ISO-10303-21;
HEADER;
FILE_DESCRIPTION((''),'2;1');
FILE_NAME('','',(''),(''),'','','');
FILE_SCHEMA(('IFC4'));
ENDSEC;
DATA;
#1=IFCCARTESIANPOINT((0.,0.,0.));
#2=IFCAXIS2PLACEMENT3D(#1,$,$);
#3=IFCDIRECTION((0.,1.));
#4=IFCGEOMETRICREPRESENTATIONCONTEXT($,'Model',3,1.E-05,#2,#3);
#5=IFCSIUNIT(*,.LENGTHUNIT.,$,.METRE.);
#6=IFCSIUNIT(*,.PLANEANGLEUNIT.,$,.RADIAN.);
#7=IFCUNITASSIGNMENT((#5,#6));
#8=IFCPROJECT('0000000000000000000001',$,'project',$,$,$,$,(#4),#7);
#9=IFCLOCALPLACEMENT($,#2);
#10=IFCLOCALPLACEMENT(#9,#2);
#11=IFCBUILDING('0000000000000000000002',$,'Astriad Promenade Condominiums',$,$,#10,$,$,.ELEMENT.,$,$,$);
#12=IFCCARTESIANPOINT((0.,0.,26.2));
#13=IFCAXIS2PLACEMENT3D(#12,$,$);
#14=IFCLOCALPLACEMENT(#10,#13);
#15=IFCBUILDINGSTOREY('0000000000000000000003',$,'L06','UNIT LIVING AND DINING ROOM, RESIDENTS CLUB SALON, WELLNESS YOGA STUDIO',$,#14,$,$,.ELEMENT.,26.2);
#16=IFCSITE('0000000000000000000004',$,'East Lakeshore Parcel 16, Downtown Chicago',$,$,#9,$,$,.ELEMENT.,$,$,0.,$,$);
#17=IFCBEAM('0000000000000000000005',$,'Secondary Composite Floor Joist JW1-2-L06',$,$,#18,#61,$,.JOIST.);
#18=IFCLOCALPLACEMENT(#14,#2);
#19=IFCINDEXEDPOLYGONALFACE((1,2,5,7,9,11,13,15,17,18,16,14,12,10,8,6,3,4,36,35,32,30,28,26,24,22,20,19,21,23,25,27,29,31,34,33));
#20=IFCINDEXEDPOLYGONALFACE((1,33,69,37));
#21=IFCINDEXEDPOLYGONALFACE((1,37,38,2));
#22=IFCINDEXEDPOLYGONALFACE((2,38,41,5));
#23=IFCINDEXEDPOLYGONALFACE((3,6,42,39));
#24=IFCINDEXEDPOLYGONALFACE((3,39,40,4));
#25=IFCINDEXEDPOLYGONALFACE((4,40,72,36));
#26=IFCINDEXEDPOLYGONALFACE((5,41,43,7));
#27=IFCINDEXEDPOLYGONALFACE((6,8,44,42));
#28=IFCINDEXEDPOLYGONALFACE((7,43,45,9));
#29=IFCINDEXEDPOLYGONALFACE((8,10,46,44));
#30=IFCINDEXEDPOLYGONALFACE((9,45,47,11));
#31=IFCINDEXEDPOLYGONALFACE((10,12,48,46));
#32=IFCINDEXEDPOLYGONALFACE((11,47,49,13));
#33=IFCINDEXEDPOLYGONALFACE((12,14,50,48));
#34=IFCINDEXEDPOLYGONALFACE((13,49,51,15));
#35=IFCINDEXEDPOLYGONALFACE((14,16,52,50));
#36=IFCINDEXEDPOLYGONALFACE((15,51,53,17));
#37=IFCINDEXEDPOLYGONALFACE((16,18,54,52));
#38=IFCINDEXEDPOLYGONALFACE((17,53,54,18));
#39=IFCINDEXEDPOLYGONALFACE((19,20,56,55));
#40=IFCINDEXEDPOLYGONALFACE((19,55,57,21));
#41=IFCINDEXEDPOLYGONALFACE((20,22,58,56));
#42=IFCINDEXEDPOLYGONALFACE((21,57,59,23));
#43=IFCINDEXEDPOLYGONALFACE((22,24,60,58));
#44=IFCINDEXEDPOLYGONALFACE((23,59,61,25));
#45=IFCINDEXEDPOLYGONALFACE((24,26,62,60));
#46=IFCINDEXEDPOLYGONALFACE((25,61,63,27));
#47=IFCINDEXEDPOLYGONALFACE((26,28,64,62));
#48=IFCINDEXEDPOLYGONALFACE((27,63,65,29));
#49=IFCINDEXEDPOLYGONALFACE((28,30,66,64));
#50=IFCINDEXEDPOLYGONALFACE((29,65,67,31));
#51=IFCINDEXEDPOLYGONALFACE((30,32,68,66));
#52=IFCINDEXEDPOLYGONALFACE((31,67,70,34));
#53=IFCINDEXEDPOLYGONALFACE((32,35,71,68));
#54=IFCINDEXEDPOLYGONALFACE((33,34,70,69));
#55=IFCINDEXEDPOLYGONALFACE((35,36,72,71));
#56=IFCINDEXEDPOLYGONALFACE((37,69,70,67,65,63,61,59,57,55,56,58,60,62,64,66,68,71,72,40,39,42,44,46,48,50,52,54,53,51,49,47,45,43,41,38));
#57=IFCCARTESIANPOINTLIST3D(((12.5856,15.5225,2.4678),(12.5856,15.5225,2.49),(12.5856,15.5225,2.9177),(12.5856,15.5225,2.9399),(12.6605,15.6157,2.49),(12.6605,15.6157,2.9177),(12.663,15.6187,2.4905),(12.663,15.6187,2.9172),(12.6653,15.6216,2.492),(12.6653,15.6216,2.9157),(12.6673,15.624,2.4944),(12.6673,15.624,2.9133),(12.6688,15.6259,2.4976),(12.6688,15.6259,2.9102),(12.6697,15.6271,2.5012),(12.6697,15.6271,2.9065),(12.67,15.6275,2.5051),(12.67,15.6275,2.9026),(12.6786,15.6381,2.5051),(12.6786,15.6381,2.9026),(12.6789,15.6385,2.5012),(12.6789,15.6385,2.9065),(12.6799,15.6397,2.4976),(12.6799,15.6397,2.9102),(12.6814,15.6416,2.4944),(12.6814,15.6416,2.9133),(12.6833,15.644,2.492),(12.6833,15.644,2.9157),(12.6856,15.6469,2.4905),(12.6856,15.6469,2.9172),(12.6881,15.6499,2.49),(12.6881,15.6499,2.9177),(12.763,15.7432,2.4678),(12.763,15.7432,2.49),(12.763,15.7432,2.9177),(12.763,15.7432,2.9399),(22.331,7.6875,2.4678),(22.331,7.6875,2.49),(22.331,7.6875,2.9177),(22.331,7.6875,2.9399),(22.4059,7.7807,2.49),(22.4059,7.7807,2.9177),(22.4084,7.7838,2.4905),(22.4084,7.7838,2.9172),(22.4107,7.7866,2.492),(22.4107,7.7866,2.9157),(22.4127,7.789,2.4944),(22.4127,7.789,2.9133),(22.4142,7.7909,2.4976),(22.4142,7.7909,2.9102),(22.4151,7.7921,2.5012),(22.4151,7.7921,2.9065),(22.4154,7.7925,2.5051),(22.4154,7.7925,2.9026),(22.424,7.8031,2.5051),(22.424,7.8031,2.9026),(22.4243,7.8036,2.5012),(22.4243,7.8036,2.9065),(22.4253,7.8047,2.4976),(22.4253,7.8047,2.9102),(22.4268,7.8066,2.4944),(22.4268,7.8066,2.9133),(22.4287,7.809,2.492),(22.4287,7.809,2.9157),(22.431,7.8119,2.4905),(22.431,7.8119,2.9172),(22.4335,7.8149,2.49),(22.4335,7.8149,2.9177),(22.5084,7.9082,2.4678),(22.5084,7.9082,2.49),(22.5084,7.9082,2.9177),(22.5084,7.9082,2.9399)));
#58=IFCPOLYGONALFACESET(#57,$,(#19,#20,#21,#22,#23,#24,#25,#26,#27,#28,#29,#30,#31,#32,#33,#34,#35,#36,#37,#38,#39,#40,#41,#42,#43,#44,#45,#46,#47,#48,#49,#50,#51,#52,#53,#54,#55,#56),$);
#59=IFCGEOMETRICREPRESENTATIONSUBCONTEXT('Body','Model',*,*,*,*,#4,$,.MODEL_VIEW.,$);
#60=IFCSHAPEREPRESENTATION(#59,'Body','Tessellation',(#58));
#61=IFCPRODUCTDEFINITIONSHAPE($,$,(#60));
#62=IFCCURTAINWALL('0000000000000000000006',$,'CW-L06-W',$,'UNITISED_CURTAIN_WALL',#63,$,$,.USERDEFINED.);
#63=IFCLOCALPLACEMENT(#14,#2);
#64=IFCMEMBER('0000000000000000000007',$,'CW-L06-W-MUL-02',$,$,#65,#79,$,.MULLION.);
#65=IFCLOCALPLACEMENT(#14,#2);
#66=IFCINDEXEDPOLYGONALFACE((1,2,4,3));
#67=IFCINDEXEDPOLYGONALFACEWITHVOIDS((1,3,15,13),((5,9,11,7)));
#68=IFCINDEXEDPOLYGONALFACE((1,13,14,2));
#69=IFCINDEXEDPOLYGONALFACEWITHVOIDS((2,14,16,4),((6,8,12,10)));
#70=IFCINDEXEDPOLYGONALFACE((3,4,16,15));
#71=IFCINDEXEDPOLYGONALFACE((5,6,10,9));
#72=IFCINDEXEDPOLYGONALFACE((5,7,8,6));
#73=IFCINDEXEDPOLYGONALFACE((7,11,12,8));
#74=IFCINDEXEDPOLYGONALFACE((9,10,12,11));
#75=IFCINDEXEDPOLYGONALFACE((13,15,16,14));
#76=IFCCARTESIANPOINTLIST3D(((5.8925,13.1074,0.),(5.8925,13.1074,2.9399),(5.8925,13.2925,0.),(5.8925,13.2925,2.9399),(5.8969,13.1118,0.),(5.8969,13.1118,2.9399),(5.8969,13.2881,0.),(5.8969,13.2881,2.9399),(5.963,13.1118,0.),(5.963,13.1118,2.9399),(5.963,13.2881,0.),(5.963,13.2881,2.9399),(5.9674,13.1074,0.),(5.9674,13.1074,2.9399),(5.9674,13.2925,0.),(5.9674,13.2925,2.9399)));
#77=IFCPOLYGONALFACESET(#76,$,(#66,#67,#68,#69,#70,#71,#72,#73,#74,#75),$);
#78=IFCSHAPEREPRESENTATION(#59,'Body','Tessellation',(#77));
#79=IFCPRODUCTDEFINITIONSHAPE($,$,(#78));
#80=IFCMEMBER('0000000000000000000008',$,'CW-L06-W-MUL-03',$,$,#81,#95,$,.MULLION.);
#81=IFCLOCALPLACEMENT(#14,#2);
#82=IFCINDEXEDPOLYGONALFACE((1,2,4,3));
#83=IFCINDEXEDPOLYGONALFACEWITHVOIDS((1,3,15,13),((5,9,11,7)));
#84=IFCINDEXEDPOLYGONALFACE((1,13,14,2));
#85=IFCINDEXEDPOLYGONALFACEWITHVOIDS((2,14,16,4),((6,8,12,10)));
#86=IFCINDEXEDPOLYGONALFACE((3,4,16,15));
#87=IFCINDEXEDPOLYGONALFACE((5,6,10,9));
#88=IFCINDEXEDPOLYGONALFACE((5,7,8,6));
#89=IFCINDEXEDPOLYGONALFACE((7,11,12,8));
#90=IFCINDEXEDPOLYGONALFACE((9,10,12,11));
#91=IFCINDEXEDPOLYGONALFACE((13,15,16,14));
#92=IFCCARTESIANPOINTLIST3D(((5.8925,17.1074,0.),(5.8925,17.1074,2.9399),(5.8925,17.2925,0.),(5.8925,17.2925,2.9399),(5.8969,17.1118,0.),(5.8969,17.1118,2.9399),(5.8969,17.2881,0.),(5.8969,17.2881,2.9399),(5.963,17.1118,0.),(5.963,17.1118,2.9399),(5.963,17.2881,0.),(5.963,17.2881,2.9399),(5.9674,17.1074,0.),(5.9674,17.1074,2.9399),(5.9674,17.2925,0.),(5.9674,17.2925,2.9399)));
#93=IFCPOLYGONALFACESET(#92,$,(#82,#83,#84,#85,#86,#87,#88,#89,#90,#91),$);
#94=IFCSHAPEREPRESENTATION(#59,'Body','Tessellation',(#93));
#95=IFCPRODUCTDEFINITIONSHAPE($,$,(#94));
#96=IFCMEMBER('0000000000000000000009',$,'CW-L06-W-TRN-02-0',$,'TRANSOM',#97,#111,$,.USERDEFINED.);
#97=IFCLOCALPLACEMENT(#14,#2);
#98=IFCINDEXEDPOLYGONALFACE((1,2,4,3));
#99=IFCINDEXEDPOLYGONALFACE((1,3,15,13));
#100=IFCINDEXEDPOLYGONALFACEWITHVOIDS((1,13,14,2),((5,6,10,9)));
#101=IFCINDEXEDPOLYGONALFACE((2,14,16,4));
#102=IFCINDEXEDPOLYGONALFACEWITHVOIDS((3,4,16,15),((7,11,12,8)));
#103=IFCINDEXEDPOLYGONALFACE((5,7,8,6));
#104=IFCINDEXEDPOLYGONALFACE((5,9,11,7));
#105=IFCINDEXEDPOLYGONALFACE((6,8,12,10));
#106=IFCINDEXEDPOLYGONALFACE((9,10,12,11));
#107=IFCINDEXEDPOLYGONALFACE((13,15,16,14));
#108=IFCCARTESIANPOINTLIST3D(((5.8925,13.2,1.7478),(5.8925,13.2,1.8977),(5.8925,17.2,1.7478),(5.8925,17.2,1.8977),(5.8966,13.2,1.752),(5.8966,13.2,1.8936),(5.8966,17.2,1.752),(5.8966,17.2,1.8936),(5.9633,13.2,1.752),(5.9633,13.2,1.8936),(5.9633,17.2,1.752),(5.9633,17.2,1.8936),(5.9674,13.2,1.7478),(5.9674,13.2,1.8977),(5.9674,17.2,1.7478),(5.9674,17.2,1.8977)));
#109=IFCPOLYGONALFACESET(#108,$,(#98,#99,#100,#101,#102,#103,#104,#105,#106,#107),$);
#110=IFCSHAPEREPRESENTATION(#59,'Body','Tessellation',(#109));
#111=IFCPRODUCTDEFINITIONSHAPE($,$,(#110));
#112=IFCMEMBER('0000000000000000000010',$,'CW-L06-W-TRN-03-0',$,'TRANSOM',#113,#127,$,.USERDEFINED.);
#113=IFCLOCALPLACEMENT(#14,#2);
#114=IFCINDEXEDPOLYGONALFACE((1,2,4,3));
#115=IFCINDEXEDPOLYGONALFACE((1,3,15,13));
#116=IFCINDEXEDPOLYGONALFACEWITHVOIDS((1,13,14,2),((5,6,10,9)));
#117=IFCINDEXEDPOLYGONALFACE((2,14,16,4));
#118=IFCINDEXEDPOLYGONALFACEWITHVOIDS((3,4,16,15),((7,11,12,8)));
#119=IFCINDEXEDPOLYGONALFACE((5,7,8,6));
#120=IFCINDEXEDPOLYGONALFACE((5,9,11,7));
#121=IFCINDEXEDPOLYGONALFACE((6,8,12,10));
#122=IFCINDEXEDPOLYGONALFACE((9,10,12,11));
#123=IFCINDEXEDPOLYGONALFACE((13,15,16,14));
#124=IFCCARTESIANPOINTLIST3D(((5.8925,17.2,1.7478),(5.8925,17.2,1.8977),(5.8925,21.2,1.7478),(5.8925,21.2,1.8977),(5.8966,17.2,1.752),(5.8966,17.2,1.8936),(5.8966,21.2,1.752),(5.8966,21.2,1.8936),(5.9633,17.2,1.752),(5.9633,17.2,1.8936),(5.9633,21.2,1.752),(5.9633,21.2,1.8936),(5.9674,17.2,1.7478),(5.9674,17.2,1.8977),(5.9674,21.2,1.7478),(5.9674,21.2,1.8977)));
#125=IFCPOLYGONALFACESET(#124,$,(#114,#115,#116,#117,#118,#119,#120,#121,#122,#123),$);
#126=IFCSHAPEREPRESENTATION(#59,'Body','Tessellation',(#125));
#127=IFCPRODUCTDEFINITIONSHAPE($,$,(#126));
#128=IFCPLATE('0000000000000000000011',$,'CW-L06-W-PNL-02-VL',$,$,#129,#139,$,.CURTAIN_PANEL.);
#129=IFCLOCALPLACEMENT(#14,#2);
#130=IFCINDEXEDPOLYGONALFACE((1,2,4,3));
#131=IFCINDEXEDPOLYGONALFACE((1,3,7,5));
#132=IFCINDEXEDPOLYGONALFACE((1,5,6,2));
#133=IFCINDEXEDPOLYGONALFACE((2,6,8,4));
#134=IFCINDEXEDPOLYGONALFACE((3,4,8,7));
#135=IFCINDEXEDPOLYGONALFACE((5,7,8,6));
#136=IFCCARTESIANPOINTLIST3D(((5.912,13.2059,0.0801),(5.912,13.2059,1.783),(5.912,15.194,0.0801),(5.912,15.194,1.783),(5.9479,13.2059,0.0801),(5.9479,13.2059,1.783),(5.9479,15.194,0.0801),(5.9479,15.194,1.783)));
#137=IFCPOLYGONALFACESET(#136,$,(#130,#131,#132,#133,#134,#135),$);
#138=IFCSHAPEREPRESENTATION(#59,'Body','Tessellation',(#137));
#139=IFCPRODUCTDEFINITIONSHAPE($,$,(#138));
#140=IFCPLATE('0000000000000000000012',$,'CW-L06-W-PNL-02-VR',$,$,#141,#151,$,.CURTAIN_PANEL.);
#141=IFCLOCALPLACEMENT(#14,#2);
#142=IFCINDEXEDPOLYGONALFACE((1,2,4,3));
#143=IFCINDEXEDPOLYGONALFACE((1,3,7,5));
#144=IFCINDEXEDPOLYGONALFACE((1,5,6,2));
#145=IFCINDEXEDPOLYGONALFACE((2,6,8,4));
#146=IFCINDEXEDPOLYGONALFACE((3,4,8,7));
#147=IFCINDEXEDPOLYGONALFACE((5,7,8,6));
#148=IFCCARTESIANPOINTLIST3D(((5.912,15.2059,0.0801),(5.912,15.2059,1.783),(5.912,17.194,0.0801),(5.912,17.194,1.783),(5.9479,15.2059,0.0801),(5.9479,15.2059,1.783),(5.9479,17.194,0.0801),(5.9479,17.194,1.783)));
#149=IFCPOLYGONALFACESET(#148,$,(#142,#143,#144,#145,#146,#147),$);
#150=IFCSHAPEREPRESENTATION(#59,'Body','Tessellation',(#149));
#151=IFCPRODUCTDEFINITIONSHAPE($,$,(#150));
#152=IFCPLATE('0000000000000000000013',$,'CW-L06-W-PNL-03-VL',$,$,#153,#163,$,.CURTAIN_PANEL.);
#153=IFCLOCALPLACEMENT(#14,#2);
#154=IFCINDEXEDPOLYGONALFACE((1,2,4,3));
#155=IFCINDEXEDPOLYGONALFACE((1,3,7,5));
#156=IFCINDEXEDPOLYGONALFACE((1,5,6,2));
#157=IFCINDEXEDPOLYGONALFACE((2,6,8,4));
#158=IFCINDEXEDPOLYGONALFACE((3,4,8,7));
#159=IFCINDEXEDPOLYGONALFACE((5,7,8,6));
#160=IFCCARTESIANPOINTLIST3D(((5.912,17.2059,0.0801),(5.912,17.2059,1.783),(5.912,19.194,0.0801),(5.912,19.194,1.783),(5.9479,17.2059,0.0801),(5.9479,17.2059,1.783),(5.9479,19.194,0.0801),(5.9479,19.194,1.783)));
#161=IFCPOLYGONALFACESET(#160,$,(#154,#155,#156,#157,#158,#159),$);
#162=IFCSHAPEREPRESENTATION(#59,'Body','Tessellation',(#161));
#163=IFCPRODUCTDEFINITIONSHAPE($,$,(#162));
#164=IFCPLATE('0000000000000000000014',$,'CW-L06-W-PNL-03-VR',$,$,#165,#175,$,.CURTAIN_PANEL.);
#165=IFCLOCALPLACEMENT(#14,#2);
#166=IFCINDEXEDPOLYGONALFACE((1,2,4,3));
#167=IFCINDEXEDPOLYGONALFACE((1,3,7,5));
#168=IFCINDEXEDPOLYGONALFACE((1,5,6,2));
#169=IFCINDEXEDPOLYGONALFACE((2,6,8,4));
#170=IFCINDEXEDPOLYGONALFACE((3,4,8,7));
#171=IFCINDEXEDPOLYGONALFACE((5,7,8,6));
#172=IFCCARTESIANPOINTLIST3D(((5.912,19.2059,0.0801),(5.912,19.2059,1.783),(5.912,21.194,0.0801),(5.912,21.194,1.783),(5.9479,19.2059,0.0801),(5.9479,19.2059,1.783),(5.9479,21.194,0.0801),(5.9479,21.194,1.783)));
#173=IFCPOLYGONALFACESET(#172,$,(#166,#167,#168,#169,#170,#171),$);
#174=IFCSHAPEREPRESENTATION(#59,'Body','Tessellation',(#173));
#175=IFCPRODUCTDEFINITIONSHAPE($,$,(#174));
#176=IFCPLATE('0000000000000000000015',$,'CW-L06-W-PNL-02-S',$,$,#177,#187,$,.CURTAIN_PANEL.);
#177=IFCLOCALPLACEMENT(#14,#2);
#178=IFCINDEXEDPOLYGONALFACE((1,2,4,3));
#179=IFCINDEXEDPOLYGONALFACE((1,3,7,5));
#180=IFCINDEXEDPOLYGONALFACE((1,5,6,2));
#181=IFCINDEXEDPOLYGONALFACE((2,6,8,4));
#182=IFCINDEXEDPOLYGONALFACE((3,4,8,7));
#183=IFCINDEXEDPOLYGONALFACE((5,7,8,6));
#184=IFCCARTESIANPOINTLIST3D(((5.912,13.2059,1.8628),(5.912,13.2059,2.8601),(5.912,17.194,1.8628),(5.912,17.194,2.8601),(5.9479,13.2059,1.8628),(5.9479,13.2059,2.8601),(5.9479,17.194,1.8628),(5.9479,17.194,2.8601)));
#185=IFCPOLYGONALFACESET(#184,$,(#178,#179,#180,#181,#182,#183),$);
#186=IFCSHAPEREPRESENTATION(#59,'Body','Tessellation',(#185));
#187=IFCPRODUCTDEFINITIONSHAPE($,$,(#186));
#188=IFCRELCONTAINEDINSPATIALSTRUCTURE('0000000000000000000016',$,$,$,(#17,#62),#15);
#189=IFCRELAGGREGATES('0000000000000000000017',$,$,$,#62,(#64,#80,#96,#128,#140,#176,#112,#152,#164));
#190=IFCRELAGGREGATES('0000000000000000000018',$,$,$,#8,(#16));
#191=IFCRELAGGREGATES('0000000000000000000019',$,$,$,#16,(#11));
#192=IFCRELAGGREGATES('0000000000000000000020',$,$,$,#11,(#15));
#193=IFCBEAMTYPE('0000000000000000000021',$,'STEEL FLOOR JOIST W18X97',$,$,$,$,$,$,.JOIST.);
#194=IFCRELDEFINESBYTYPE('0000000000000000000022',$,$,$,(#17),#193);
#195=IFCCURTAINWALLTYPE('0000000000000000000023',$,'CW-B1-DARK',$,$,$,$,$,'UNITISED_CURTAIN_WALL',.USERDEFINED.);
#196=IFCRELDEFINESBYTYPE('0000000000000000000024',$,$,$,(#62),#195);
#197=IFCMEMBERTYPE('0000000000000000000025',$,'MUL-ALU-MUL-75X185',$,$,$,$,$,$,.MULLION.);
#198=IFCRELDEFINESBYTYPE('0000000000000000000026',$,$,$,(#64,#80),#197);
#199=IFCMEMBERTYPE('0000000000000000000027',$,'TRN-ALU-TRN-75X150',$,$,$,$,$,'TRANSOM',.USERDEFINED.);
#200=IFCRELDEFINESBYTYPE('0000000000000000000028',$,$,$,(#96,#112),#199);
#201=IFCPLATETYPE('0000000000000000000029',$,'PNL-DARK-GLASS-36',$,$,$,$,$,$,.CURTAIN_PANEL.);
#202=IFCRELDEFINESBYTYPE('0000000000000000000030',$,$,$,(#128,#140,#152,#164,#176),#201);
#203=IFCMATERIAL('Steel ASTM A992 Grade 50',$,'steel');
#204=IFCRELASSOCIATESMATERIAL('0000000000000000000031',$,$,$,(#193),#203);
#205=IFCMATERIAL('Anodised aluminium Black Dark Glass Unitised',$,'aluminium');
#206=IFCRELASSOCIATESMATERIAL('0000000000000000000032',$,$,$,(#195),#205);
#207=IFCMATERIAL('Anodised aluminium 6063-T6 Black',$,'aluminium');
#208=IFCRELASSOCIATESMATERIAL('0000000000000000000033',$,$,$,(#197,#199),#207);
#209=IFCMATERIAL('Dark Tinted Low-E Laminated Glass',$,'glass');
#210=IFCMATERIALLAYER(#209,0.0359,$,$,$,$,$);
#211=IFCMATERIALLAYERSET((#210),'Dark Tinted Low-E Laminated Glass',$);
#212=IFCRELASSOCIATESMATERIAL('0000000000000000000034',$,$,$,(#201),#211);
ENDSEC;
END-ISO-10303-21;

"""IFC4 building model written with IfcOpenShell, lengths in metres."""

from ifc_helpers import new_model, si_unit, direction, frame, origin, origin_2d, place, context, subcontext, project, spatial, rectangle, hollow_rectangle, i_section, extrude, source, transform, mapped, material, layer, layer_set, material_profile, profile_set, type_object, type_shapes, element, aggregate, save


model = new_model("IFC4")

# Units and contexts
model_context = context("Model", 3, precision=1e-05, world=origin(), true_north=direction((0.0, 1.0)))
body_context = subcontext(model_context, "Body", "Model", "MODEL_VIEW")
ifc_project = project(units=[si_unit("LENGTHUNIT", "METRE"), si_unit("PLANEANGLEUNIT", "RADIAN")], contexts=[model_context])

# Site, building, storey
site_placement = place(None, origin())
site = spatial("IfcSite", under=ifc_project, at=site_placement, Name="East Lakeshore Parcel 16, Downtown Chicago", CompositionType="ELEMENT", RefElevation=0.0)
building_placement = place(site_placement, origin())
building = spatial("IfcBuilding", under=site, at=building_placement, Name="Astriad Promenade Condominiums", CompositionType="ELEMENT")
storey_placement = place(building_placement, frame((0.0, 0.0, 26.2)))
storey = spatial("IfcBuildingStorey", under=building, at=storey_placement, Name="L06", Description="UNIT LIVING AND DINING ROOM, RESIDENTS CLUB SALON, WELLNESS YOGA STUDIO", CompositionType="ELEMENT", Elevation=26.2)

# Beam
ifc_material_1 = material(Name="Steel ASTM A992 Grade 50", Category="steel")
ifc_material_profile_1 = material_profile(ifc_material_1, i_section(OverallWidth=0.2832, OverallDepth=0.4722, WebThickness=0.0137, FlangeThickness=0.0222, FilletRadius=0.0151, at=origin_2d()), Name="W18X97")
ifc_profile_set_1 = profile_set([ifc_material_profile_1], Name="Steel ASTM A992 Grade 50")
beam_type_1 = type_object("IfcBeamType", Name="STEEL FLOOR JOIST W18X97", PredefinedType="JOIST", material=ifc_profile_set_1)
shared_shape_1 = source(origin(), body_context, "Body", "SweptSolid", [
    extrude(i_section(OverallWidth=0.2832, OverallDepth=0.4722, WebThickness=0.0137, FlangeThickness=0.0222, FilletRadius=0.0151, at=origin_2d()), origin(), (0.0, 0.0, 1.0), 12.5044),
])
beam_1_placement = place(storey_placement, frame((12.6743, 15.6328, 2.7039), z_axis=(0.779358, -0.626579, 0.0), x_axis=(0.626579, 0.779358, 0.0)))
element("IfcBeam", 1, at=beam_1_placement, inside=storey, type_object=beam_type_1, Name="Secondary Composite Floor Joist JW1-2-L06", PredefinedType="JOIST", context=body_context, shape_type="MappedRepresentation", body=[
    mapped(shared_shape_1, transform((0.0, 0.0, 0.0), scale=1.0)),
])

# Curtain wall, members, plates
ifc_material_2 = material(Name="Anodised aluminium Black Dark Glass Unitised", Category="aluminium")
curtain_wall_type = type_object("IfcCurtainWallType", Name="CW-B1-DARK", ElementType="UNITISED_CURTAIN_WALL", PredefinedType="USERDEFINED", material=ifc_material_2)
curtain_wall_placement = place(storey_placement, origin())
curtain_wall = element("IfcCurtainWall", 2, at=curtain_wall_placement, inside=storey, type_object=curtain_wall_type, Name="CW-L06-W", ObjectType="UNITISED_CURTAIN_WALL", PredefinedType="USERDEFINED")
ifc_material_3 = material(Name="Anodised aluminium 6063-T6 Black", Category="aluminium")
ifc_material_profile_2 = material_profile(ifc_material_3, hollow_rectangle(XDim=0.075, YDim=0.1851, WallThickness=0.0044, at=origin_2d()), Name="ALU-MUL-75X185")
ifc_profile_set_2 = profile_set([ifc_material_profile_2], Name="Anodised aluminium 6063-T6 Black")
member_type_1 = type_object("IfcMemberType", Name="MUL-ALU-MUL-75X185", PredefinedType="MULLION", material=ifc_profile_set_2)
shared_shape_2 = source(origin(), body_context, "Body", "SweptSolid", [
    extrude(hollow_rectangle(XDim=0.075, YDim=0.1851, WallThickness=0.0044, at=origin_2d()), origin(), (0.0, 0.0, 1.0), 2.9399),
])
type_shapes(member_type_1, [shared_shape_2])
member_1_placement = place(storey_placement, frame((5.9299, 13.2, 0.0), z_axis=(0.0, 0.0, 1.0), x_axis=(1.0, 0.0, 0.0)))
member_1 = element("IfcMember", 3, at=member_1_placement, type_object=member_type_1, Name="CW-L06-W-MUL-02", PredefinedType="MULLION", context=body_context, shape_type="MappedRepresentation", body=[
    mapped(shared_shape_2, transform((0.0, 0.0, 0.0), scale=1.0)),
])
member_2_placement = place(storey_placement, frame((5.9299, 17.2, 0.0), z_axis=(0.0, 0.0, 1.0), x_axis=(1.0, 0.0, 0.0)))
member_2 = element("IfcMember", 4, at=member_2_placement, type_object=member_type_1, Name="CW-L06-W-MUL-03", PredefinedType="MULLION", context=body_context, shape_type="MappedRepresentation", body=[
    mapped(shared_shape_2, transform((0.0, 0.0, 0.0), scale=1.0)),
])
ifc_material_profile_3 = material_profile(ifc_material_3, hollow_rectangle(XDim=0.075, YDim=0.1499, WallThickness=0.0042, at=origin_2d()), Name="ALU-TRN-75X150")
ifc_profile_set_3 = profile_set([ifc_material_profile_3], Name="Anodised aluminium 6063-T6 Black")
member_type_2 = type_object("IfcMemberType", Name="TRN-ALU-TRN-75X150", ElementType="TRANSOM", PredefinedType="USERDEFINED", material=ifc_profile_set_3)
shared_shape_3 = source(origin(), body_context, "Body", "SweptSolid", [
    extrude(hollow_rectangle(XDim=0.075, YDim=0.1499, WallThickness=0.0042, at=origin_2d()), origin(), (0.0, 0.0, 1.0), 4.0),
])
type_shapes(member_type_2, [shared_shape_3])
member_3_placement = place(storey_placement, frame((5.9299, 13.2, 1.8228), z_axis=(0.0, 1.0, 0.0), x_axis=(-1.0, 0.0, 0.0)))
member_3 = element("IfcMember", 5, at=member_3_placement, type_object=member_type_2, Name="CW-L06-W-TRN-02-0", ObjectType="TRANSOM", PredefinedType="USERDEFINED", context=body_context, shape_type="MappedRepresentation", body=[
    mapped(shared_shape_3, transform((0.0, 0.0, 0.0), scale=1.0)),
])
member_4_placement = place(storey_placement, frame((5.9299, 17.2, 1.8228), z_axis=(0.0, 1.0, 0.0), x_axis=(-1.0, 0.0, 0.0)))
member_4 = element("IfcMember", 6, at=member_4_placement, type_object=member_type_2, Name="CW-L06-W-TRN-03-0", ObjectType="TRANSOM", PredefinedType="USERDEFINED", context=body_context, shape_type="MappedRepresentation", body=[
    mapped(shared_shape_3, transform((0.0, 0.0, 0.0), scale=1.0)),
])
ifc_material_4 = material(Name="Dark Tinted Low-E Laminated Glass", Category="glass")
ifc_layer_1 = layer(ifc_material_4, 0.0359)
ifc_layer_set_1 = layer_set([ifc_layer_1], Name="Dark Tinted Low-E Laminated Glass")
plate_type = type_object("IfcPlateType", Name="PNL-DARK-GLASS-36", PredefinedType="CURTAIN_PANEL", material=ifc_layer_set_1)
shared_shape_4 = source(origin(), body_context, "Body", "SweptSolid", [
    extrude(rectangle(XDim=1.988, YDim=0.0359, at=origin_2d()), origin(), (0.0, 0.0, 1.0), 1.7029),
])
plate_1_placement = place(storey_placement, frame((5.9299, 14.2, 0.0801), z_axis=(0.0, 0.0, 1.0), x_axis=(0.0, 1.0, 0.0)))
plate_1 = element("IfcPlate", 7, at=plate_1_placement, type_object=plate_type, Name="CW-L06-W-PNL-02-VL", PredefinedType="CURTAIN_PANEL", context=body_context, shape_type="MappedRepresentation", body=[
    mapped(shared_shape_4, transform((0.0, 0.0, 0.0), scale=1.0)),
])
plate_2_placement = place(storey_placement, frame((5.9299, 16.2, 0.0801), z_axis=(0.0, 0.0, 1.0), x_axis=(0.0, 1.0, 0.0)))
plate_2 = element("IfcPlate", 8, at=plate_2_placement, type_object=plate_type, Name="CW-L06-W-PNL-02-VR", PredefinedType="CURTAIN_PANEL", context=body_context, shape_type="MappedRepresentation", body=[
    mapped(shared_shape_4, transform((0.0, 0.0, 0.0), scale=1.0)),
])
plate_3_placement = place(storey_placement, frame((5.9299, 18.2, 0.0801), z_axis=(0.0, 0.0, 1.0), x_axis=(0.0, 1.0, 0.0)))
plate_3 = element("IfcPlate", 9, at=plate_3_placement, type_object=plate_type, Name="CW-L06-W-PNL-03-VL", PredefinedType="CURTAIN_PANEL", context=body_context, shape_type="MappedRepresentation", body=[
    mapped(shared_shape_4, transform((0.0, 0.0, 0.0), scale=1.0)),
])
plate_4_placement = place(storey_placement, frame((5.9299, 20.2, 0.0801), z_axis=(0.0, 0.0, 1.0), x_axis=(0.0, 1.0, 0.0)))
plate_4 = element("IfcPlate", 10, at=plate_4_placement, type_object=plate_type, Name="CW-L06-W-PNL-03-VR", PredefinedType="CURTAIN_PANEL", context=body_context, shape_type="MappedRepresentation", body=[
    mapped(shared_shape_4, transform((0.0, 0.0, 0.0), scale=1.0)),
])
shared_shape_5 = source(origin(), body_context, "Body", "SweptSolid", [
    extrude(rectangle(XDim=3.988, YDim=0.0359, at=origin_2d()), origin(), (0.0, 0.0, 1.0), 0.9973),
])
type_shapes(plate_type, [shared_shape_4, shared_shape_5])
plate_5_placement = place(storey_placement, frame((5.9299, 15.2, 1.8628), z_axis=(0.0, 0.0, 1.0), x_axis=(0.0, 1.0, 0.0)))
plate_5 = element("IfcPlate", 11, at=plate_5_placement, type_object=plate_type, Name="CW-L06-W-PNL-02-S", PredefinedType="CURTAIN_PANEL", context=body_context, shape_type="MappedRepresentation", body=[
    mapped(shared_shape_5, transform((0.0, 0.0, 0.0), scale=1.0)),
])
aggregate(curtain_wall, [member_1, member_2, member_3, plate_1, plate_2, plate_5, member_4, plate_3, plate_4])

save(model, "model.ifc")
